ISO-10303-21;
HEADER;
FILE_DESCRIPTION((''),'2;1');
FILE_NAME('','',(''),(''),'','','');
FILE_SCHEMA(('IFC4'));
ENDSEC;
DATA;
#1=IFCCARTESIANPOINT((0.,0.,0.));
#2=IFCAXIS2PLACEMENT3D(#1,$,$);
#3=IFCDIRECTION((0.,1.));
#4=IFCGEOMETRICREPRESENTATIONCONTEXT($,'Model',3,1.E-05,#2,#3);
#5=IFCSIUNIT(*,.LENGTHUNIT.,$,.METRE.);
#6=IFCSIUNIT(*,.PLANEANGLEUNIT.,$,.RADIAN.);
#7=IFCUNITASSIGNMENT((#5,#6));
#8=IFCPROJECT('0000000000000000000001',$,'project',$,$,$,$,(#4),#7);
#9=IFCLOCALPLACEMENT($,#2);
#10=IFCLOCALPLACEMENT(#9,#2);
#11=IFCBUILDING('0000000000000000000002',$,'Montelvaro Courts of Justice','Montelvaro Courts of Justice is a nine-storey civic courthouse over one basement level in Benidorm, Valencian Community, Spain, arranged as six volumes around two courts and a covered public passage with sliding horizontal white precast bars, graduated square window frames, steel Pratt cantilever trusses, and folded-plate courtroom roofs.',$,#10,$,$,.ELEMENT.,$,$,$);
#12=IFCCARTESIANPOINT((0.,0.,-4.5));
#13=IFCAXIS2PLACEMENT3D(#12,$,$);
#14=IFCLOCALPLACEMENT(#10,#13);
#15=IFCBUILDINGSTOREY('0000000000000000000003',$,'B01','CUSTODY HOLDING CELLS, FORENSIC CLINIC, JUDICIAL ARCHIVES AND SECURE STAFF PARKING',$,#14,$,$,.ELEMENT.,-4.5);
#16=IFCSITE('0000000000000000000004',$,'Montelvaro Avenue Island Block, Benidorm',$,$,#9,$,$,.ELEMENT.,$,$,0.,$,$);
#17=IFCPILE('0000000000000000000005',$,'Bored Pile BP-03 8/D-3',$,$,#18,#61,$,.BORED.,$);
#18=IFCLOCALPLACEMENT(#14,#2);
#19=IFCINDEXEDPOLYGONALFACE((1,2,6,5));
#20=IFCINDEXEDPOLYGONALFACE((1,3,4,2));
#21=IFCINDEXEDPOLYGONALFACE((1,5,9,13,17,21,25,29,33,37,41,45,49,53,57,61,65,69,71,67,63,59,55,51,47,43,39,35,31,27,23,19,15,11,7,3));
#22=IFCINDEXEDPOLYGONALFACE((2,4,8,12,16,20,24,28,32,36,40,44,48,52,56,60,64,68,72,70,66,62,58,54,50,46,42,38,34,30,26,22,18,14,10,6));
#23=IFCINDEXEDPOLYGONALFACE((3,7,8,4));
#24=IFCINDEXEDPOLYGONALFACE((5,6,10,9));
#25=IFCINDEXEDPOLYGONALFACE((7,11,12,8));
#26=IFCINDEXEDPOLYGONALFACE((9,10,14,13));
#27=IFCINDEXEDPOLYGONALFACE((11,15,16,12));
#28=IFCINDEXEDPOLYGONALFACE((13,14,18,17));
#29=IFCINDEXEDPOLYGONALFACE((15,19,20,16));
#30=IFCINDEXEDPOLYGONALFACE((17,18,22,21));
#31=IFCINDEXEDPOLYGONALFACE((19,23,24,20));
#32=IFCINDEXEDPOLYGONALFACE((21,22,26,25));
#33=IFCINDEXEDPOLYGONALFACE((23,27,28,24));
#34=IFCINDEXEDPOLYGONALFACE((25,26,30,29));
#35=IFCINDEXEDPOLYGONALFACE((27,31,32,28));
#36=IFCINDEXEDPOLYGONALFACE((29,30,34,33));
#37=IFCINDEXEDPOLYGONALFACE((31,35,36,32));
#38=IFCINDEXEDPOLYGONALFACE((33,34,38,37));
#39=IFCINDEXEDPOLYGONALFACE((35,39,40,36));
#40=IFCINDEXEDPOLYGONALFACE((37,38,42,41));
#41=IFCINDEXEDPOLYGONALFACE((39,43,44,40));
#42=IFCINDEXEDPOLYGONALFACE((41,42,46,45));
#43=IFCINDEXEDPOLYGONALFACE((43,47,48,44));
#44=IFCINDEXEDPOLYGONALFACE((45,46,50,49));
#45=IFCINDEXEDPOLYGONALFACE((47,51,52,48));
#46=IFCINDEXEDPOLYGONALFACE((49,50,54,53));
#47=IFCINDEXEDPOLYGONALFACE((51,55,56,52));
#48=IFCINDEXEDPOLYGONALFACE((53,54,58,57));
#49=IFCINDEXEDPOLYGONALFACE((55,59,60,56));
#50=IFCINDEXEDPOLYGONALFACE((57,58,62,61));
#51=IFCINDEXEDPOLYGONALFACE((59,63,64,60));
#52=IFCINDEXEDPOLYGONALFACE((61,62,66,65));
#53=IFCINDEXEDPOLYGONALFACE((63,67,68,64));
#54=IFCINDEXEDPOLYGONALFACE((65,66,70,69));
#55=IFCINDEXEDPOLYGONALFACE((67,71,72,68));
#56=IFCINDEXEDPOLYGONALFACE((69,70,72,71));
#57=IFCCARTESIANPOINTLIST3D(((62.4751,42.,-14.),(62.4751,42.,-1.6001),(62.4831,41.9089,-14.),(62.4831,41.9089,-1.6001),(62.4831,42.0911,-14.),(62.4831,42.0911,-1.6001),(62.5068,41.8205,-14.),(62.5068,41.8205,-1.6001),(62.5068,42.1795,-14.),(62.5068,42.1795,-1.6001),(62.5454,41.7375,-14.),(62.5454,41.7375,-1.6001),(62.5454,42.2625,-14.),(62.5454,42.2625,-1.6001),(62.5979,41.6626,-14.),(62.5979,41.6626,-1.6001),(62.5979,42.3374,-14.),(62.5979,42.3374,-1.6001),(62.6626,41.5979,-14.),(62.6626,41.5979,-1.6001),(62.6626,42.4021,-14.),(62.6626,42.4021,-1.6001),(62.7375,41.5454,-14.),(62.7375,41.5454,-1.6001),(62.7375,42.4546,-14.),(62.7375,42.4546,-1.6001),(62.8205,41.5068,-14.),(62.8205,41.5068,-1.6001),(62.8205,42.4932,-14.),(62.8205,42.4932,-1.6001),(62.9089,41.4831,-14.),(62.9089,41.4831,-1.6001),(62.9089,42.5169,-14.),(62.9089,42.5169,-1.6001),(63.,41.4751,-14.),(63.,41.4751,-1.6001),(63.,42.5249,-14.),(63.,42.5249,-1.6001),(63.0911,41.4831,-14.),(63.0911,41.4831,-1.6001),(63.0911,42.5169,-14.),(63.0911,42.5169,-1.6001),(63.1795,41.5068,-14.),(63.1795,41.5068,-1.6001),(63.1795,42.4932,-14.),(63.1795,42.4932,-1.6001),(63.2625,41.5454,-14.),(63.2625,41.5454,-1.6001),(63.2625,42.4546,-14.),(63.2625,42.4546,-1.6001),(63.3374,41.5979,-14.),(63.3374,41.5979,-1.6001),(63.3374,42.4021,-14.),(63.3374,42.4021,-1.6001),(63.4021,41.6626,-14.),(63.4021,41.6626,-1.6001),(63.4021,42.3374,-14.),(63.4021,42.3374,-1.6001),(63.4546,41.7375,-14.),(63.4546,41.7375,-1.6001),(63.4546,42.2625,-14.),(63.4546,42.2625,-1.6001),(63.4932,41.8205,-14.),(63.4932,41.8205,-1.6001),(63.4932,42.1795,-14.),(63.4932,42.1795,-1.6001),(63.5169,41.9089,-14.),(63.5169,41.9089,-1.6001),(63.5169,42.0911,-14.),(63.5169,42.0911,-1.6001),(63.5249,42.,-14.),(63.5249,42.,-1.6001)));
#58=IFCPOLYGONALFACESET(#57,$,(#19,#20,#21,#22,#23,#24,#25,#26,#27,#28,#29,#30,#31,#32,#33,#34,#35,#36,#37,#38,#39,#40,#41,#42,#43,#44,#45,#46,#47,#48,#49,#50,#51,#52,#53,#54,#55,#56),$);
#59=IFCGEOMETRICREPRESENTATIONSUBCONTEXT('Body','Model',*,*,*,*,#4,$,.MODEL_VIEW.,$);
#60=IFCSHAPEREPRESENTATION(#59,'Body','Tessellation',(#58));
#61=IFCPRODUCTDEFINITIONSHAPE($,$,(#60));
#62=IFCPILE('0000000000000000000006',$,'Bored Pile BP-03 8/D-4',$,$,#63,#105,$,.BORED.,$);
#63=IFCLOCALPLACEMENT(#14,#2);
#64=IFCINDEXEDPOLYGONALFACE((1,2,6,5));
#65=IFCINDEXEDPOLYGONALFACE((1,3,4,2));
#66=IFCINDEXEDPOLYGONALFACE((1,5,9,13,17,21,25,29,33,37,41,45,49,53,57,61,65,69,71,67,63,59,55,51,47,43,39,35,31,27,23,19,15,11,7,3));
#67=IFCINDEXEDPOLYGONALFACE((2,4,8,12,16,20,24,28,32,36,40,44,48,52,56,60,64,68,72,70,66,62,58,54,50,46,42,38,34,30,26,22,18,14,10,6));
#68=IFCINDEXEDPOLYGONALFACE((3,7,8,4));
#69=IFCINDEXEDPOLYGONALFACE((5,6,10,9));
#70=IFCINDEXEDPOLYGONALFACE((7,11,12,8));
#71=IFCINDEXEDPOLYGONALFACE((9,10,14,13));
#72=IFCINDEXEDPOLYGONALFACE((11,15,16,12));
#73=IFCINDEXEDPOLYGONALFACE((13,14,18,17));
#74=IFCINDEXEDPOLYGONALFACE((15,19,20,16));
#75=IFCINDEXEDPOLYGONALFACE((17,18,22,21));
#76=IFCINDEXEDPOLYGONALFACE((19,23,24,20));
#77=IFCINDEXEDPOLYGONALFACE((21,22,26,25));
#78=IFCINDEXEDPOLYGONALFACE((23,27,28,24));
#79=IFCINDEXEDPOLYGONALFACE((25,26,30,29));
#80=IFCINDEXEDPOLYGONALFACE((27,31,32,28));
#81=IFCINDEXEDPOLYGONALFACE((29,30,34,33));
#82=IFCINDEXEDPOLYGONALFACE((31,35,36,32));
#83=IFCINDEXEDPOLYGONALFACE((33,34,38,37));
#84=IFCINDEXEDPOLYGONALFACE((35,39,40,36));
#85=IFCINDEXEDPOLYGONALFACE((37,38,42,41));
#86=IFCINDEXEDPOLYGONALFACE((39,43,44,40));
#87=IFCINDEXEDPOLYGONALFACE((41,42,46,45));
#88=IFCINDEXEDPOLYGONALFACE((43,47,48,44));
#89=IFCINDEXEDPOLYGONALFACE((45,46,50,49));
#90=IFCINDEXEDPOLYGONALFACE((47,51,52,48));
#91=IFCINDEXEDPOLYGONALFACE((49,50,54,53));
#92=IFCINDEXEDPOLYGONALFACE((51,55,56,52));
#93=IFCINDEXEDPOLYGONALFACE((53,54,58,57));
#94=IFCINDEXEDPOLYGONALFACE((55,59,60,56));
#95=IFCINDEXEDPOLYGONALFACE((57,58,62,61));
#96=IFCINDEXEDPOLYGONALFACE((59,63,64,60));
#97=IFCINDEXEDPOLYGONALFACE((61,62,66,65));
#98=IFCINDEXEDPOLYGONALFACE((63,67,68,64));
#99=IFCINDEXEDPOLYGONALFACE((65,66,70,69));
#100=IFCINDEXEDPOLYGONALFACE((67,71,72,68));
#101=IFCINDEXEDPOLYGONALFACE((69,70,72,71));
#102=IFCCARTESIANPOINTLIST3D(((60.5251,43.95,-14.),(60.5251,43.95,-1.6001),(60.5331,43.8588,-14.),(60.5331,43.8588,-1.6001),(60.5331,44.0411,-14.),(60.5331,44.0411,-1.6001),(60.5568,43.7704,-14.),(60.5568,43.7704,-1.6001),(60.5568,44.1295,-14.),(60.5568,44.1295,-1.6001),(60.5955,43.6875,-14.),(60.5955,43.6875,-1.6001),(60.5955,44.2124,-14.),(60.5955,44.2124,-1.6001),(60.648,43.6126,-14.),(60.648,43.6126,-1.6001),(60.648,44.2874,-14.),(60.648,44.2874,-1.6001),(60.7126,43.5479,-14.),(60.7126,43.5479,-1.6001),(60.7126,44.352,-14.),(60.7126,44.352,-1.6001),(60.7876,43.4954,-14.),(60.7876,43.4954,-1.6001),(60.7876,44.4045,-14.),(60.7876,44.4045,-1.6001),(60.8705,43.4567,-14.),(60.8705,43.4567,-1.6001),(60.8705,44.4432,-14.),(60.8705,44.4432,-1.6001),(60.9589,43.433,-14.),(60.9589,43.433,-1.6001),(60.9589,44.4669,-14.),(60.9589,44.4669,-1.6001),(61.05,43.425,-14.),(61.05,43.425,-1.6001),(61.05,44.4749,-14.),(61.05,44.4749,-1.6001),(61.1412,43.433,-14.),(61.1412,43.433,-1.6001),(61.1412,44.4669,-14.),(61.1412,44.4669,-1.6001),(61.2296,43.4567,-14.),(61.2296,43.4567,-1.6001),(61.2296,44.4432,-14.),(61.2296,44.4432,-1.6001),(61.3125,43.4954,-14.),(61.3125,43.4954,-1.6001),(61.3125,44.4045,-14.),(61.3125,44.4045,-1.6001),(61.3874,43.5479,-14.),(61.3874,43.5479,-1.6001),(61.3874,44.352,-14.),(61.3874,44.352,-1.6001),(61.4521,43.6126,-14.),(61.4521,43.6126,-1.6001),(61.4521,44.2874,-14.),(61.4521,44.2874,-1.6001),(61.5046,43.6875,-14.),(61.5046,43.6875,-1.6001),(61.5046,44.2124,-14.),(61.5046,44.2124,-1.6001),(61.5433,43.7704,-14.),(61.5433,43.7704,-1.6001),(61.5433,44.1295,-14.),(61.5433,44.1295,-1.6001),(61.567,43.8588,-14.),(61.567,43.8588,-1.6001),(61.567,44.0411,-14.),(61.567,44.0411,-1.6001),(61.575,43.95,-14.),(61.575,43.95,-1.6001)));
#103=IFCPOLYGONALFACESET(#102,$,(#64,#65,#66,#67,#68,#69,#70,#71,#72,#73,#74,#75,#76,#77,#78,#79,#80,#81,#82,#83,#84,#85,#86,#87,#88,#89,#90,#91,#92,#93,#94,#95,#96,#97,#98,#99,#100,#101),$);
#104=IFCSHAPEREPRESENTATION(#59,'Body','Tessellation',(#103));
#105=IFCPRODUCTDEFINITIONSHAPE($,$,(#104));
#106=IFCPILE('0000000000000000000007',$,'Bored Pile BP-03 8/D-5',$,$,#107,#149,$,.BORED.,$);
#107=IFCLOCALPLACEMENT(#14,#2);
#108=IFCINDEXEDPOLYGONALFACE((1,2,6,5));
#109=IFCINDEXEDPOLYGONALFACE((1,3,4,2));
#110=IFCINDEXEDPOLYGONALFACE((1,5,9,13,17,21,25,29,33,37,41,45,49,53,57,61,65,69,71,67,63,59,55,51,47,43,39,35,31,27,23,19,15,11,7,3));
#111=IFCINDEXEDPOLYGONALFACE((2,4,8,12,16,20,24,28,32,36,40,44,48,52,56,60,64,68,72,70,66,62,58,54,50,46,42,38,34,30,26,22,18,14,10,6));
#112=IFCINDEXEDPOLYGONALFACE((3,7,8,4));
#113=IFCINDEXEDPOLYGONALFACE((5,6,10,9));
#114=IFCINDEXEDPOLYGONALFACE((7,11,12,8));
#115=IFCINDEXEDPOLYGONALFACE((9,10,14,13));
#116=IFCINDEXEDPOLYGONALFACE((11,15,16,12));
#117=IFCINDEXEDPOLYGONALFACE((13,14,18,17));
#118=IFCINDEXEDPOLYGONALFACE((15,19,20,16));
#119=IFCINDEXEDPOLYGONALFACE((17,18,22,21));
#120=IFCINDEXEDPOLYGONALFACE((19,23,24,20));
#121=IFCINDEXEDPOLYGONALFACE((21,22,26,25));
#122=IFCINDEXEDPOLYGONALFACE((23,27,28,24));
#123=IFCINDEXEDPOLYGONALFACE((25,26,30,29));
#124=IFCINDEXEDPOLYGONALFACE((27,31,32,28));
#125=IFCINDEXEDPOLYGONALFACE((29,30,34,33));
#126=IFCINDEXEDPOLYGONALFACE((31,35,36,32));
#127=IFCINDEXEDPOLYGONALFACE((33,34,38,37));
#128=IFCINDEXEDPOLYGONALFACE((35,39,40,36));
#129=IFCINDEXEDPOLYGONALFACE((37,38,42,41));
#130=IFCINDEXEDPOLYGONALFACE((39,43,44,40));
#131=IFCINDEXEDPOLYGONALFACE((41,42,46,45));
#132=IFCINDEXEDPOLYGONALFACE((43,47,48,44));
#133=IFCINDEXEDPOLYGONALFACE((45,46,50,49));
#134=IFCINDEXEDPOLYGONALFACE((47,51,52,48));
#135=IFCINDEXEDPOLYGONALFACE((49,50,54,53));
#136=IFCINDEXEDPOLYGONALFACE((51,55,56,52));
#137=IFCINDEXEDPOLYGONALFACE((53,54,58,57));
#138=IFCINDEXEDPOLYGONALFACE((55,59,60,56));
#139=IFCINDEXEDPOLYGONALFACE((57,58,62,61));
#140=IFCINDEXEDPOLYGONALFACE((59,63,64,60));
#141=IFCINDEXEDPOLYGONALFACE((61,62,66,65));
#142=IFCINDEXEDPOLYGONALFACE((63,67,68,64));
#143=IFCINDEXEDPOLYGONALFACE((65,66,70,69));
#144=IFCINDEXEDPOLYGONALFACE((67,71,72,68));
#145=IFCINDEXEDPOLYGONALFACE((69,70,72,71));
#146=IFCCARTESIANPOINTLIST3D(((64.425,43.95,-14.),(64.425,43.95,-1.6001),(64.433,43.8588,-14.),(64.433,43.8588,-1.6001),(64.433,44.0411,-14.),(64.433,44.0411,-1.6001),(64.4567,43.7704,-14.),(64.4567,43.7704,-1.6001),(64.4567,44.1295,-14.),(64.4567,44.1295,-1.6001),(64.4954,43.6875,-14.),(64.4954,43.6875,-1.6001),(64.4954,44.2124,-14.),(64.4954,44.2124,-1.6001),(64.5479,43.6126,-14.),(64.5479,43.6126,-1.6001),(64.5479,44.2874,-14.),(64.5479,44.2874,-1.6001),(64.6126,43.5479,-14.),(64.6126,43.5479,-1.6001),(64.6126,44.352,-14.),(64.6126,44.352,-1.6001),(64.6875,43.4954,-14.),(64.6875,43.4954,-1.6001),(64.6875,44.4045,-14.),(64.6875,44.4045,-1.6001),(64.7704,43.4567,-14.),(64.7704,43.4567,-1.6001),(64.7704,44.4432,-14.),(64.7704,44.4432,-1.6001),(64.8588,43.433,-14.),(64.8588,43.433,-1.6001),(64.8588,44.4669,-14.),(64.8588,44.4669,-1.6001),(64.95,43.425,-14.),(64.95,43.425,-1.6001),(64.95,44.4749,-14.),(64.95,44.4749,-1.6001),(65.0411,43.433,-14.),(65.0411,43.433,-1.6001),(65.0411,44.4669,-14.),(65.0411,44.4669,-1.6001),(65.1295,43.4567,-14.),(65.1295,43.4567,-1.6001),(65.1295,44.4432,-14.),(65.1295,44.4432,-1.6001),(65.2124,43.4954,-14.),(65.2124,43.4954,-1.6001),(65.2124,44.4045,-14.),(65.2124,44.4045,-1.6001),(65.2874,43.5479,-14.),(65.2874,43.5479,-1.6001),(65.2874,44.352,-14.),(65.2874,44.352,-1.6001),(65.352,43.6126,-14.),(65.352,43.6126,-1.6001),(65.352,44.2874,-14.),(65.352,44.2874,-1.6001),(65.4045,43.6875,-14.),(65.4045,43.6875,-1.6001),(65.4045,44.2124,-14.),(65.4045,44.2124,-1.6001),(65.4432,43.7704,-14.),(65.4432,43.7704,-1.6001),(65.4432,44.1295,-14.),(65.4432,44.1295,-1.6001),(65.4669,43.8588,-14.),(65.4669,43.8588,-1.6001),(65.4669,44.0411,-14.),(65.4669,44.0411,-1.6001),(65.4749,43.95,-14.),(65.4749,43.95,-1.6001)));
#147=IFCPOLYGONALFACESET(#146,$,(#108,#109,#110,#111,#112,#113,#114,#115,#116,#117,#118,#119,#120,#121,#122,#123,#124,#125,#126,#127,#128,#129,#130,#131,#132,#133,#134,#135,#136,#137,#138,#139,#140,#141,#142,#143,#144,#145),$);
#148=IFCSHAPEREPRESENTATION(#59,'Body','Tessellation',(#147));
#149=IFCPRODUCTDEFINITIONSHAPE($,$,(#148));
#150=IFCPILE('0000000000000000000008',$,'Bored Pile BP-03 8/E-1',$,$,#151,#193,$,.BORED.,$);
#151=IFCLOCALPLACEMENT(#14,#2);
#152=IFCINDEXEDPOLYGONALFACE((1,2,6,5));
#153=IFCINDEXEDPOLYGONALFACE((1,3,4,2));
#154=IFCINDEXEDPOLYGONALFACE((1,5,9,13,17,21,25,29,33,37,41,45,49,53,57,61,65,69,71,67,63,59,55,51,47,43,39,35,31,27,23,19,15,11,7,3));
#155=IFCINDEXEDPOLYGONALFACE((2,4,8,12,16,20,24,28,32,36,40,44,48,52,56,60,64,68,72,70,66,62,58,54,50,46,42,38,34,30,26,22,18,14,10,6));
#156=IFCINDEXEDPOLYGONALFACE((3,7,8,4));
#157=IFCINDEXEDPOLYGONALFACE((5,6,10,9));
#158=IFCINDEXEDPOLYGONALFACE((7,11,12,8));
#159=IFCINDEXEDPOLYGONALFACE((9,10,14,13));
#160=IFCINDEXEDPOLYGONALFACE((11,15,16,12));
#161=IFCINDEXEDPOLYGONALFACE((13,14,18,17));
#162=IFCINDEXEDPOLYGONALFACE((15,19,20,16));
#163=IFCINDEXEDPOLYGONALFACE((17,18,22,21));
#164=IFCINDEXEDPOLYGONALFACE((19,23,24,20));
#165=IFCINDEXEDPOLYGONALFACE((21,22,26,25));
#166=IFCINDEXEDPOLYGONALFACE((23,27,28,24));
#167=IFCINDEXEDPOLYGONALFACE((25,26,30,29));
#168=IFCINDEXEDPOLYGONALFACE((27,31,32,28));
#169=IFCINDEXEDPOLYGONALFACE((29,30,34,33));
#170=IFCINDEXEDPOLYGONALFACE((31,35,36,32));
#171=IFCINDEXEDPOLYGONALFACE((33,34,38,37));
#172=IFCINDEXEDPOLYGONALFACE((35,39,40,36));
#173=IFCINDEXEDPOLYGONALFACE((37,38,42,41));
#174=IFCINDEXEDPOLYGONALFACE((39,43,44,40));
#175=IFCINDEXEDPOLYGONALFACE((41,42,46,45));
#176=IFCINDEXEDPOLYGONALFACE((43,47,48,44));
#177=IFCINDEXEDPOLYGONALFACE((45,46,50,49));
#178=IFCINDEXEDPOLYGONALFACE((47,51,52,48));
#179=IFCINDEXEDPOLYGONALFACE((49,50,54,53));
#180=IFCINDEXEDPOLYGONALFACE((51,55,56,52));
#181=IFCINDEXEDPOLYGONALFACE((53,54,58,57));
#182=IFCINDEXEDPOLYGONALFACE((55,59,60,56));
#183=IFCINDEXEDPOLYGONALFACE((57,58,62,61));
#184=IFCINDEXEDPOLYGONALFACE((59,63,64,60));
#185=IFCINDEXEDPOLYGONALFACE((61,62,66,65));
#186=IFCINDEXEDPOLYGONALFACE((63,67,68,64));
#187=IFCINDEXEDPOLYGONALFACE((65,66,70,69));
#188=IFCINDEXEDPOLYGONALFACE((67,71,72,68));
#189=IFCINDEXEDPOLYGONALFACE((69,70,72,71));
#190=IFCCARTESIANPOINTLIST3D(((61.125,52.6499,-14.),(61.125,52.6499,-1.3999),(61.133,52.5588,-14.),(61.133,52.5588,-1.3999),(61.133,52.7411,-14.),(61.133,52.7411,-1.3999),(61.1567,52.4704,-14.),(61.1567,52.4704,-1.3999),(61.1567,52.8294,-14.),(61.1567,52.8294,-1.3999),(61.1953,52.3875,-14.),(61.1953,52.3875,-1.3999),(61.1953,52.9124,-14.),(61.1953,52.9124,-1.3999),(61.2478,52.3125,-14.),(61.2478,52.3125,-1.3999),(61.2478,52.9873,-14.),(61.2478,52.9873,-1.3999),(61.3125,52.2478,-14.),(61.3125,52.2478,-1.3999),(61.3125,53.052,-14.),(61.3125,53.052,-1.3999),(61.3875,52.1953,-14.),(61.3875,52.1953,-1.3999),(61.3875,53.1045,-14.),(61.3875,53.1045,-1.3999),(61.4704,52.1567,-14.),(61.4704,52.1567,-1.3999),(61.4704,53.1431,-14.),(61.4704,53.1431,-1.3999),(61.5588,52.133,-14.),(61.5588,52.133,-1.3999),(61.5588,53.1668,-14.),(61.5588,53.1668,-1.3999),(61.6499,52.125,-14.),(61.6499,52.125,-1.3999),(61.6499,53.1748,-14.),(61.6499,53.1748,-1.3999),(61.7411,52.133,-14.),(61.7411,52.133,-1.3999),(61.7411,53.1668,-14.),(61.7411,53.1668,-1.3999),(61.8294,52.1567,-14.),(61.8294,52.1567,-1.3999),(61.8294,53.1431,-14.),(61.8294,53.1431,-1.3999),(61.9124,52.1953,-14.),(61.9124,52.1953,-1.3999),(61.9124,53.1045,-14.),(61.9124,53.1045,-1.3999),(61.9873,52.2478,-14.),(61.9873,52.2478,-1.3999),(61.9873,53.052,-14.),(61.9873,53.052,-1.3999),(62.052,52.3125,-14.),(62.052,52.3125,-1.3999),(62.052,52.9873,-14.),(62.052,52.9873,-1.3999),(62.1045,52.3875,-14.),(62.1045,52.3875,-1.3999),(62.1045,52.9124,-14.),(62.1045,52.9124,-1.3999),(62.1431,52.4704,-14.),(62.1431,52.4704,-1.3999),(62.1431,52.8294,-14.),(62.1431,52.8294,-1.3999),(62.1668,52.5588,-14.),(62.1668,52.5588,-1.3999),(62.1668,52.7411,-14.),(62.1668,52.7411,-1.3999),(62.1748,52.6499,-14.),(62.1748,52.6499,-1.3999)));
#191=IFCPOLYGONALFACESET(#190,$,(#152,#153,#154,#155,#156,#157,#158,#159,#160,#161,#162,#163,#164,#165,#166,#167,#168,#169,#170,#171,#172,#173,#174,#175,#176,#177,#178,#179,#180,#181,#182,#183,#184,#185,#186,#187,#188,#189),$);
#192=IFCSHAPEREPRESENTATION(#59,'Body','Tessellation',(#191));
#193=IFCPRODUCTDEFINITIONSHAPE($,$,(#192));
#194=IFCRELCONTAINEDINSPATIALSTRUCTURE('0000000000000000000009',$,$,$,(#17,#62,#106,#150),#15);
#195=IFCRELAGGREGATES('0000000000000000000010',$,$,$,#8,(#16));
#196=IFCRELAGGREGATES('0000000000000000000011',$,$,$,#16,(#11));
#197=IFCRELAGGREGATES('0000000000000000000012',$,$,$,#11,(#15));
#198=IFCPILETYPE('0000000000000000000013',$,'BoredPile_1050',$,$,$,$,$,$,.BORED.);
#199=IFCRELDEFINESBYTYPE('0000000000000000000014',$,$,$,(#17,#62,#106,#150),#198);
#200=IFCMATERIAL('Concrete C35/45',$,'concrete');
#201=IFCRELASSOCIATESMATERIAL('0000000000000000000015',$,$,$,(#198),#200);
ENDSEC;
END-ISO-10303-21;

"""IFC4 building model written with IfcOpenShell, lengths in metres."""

from ifc_helpers import new_model, si_unit, direction, frame, origin, origin_2d, place, context, subcontext, project, spatial, circle, extrude, material, material_profile, profile_set, type_object, element, save


model = new_model("IFC4")

# Units and contexts
model_context = context("Model", 3, precision=1e-05, world=origin(), true_north=direction((0.0, 1.0)))
body_context = subcontext(model_context, "Body", "Model", "MODEL_VIEW")
ifc_project = project(units=[si_unit("LENGTHUNIT", "METRE"), si_unit("PLANEANGLEUNIT", "RADIAN")], contexts=[model_context])

# Site, building, storey
site_placement = place(None, origin())
site = spatial("IfcSite", under=ifc_project, at=site_placement, Name="Montelvaro Avenue Island Block, Benidorm", CompositionType="ELEMENT", RefElevation=0.0)
building_placement = place(site_placement, origin())
building = spatial("IfcBuilding", under=site, at=building_placement, Name="Montelvaro Courts of Justice", Description="Montelvaro Courts of Justice is a nine-storey civic courthouse over one basement level in Benidorm, Valencian Community, Spain, arranged as six volumes around two courts and a covered public passage with sliding horizontal white precast bars, graduated square window frames, steel Pratt cantilever trusses, and folded-plate courtroom roofs.", CompositionType="ELEMENT")
storey_placement = place(building_placement, frame((0.0, 0.0, -4.5)))
storey = spatial("IfcBuildingStorey", under=building, at=storey_placement, Name="B01", Description="CUSTODY HOLDING CELLS, FORENSIC CLINIC, JUDICIAL ARCHIVES AND SECURE STAFF PARKING", CompositionType="ELEMENT", Elevation=-4.5)

# Piles
ifc_material_1 = material(Name="Concrete C35/45", Category="concrete")
ifc_material_profile_1 = material_profile(ifc_material_1, circle(Radius=0.5249, at=origin_2d()), Name="BORED PILE D1050")
ifc_profile_set_1 = profile_set([ifc_material_profile_1], Name="Concrete C35/45")
pile_type_1 = type_object("IfcPileType", Name="BoredPile_1050", PredefinedType="BORED", material=ifc_profile_set_1)
for number, where, z_axis, x_axis, name in (
    (1, (63.0, 42.0, -1.6001), (0.0, 0.0, -1.0), (1.0, 0.0, 0.0), "Bored Pile BP-03 8/D-3"),
    (2, (61.05, 43.95, -1.6001), (0.0, 0.0, -1.0), (1.0, 0.0, 0.0), "Bored Pile BP-03 8/D-4"),
    (3, (64.95, 43.95, -1.6001), (0.0, 0.0, -1.0), (1.0, 0.0, 0.0), "Bored Pile BP-03 8/D-5"),
):
    element("IfcPile", number, at=place(storey_placement, frame(where, z_axis=z_axis, x_axis=x_axis)), inside=storey, type_object=pile_type_1, Name=name, PredefinedType="BORED", context=body_context, shape_type="SweptSolid", body=[
        extrude(circle(Radius=0.5249, at=origin_2d()), origin(), (0.0, 0.0, 1.0), 12.3999),
    ])
for number, where, z_axis, x_axis, name in (
    (4, (61.6499, 52.6499, -1.3999), (0.0, 0.0, -1.0), (1.0, 0.0, 0.0), "Bored Pile BP-03 8/E-1"),
):
    element("IfcPile", number, at=place(storey_placement, frame(where, z_axis=z_axis, x_axis=x_axis)), inside=storey, type_object=pile_type_1, Name=name, PredefinedType="BORED", context=body_context, shape_type="SweptSolid", body=[
        extrude(circle(Radius=0.5249, at=origin_2d()), origin(), (0.0, 0.0, 1.0), 12.6001),
    ])

save(model, "model.ifc")
